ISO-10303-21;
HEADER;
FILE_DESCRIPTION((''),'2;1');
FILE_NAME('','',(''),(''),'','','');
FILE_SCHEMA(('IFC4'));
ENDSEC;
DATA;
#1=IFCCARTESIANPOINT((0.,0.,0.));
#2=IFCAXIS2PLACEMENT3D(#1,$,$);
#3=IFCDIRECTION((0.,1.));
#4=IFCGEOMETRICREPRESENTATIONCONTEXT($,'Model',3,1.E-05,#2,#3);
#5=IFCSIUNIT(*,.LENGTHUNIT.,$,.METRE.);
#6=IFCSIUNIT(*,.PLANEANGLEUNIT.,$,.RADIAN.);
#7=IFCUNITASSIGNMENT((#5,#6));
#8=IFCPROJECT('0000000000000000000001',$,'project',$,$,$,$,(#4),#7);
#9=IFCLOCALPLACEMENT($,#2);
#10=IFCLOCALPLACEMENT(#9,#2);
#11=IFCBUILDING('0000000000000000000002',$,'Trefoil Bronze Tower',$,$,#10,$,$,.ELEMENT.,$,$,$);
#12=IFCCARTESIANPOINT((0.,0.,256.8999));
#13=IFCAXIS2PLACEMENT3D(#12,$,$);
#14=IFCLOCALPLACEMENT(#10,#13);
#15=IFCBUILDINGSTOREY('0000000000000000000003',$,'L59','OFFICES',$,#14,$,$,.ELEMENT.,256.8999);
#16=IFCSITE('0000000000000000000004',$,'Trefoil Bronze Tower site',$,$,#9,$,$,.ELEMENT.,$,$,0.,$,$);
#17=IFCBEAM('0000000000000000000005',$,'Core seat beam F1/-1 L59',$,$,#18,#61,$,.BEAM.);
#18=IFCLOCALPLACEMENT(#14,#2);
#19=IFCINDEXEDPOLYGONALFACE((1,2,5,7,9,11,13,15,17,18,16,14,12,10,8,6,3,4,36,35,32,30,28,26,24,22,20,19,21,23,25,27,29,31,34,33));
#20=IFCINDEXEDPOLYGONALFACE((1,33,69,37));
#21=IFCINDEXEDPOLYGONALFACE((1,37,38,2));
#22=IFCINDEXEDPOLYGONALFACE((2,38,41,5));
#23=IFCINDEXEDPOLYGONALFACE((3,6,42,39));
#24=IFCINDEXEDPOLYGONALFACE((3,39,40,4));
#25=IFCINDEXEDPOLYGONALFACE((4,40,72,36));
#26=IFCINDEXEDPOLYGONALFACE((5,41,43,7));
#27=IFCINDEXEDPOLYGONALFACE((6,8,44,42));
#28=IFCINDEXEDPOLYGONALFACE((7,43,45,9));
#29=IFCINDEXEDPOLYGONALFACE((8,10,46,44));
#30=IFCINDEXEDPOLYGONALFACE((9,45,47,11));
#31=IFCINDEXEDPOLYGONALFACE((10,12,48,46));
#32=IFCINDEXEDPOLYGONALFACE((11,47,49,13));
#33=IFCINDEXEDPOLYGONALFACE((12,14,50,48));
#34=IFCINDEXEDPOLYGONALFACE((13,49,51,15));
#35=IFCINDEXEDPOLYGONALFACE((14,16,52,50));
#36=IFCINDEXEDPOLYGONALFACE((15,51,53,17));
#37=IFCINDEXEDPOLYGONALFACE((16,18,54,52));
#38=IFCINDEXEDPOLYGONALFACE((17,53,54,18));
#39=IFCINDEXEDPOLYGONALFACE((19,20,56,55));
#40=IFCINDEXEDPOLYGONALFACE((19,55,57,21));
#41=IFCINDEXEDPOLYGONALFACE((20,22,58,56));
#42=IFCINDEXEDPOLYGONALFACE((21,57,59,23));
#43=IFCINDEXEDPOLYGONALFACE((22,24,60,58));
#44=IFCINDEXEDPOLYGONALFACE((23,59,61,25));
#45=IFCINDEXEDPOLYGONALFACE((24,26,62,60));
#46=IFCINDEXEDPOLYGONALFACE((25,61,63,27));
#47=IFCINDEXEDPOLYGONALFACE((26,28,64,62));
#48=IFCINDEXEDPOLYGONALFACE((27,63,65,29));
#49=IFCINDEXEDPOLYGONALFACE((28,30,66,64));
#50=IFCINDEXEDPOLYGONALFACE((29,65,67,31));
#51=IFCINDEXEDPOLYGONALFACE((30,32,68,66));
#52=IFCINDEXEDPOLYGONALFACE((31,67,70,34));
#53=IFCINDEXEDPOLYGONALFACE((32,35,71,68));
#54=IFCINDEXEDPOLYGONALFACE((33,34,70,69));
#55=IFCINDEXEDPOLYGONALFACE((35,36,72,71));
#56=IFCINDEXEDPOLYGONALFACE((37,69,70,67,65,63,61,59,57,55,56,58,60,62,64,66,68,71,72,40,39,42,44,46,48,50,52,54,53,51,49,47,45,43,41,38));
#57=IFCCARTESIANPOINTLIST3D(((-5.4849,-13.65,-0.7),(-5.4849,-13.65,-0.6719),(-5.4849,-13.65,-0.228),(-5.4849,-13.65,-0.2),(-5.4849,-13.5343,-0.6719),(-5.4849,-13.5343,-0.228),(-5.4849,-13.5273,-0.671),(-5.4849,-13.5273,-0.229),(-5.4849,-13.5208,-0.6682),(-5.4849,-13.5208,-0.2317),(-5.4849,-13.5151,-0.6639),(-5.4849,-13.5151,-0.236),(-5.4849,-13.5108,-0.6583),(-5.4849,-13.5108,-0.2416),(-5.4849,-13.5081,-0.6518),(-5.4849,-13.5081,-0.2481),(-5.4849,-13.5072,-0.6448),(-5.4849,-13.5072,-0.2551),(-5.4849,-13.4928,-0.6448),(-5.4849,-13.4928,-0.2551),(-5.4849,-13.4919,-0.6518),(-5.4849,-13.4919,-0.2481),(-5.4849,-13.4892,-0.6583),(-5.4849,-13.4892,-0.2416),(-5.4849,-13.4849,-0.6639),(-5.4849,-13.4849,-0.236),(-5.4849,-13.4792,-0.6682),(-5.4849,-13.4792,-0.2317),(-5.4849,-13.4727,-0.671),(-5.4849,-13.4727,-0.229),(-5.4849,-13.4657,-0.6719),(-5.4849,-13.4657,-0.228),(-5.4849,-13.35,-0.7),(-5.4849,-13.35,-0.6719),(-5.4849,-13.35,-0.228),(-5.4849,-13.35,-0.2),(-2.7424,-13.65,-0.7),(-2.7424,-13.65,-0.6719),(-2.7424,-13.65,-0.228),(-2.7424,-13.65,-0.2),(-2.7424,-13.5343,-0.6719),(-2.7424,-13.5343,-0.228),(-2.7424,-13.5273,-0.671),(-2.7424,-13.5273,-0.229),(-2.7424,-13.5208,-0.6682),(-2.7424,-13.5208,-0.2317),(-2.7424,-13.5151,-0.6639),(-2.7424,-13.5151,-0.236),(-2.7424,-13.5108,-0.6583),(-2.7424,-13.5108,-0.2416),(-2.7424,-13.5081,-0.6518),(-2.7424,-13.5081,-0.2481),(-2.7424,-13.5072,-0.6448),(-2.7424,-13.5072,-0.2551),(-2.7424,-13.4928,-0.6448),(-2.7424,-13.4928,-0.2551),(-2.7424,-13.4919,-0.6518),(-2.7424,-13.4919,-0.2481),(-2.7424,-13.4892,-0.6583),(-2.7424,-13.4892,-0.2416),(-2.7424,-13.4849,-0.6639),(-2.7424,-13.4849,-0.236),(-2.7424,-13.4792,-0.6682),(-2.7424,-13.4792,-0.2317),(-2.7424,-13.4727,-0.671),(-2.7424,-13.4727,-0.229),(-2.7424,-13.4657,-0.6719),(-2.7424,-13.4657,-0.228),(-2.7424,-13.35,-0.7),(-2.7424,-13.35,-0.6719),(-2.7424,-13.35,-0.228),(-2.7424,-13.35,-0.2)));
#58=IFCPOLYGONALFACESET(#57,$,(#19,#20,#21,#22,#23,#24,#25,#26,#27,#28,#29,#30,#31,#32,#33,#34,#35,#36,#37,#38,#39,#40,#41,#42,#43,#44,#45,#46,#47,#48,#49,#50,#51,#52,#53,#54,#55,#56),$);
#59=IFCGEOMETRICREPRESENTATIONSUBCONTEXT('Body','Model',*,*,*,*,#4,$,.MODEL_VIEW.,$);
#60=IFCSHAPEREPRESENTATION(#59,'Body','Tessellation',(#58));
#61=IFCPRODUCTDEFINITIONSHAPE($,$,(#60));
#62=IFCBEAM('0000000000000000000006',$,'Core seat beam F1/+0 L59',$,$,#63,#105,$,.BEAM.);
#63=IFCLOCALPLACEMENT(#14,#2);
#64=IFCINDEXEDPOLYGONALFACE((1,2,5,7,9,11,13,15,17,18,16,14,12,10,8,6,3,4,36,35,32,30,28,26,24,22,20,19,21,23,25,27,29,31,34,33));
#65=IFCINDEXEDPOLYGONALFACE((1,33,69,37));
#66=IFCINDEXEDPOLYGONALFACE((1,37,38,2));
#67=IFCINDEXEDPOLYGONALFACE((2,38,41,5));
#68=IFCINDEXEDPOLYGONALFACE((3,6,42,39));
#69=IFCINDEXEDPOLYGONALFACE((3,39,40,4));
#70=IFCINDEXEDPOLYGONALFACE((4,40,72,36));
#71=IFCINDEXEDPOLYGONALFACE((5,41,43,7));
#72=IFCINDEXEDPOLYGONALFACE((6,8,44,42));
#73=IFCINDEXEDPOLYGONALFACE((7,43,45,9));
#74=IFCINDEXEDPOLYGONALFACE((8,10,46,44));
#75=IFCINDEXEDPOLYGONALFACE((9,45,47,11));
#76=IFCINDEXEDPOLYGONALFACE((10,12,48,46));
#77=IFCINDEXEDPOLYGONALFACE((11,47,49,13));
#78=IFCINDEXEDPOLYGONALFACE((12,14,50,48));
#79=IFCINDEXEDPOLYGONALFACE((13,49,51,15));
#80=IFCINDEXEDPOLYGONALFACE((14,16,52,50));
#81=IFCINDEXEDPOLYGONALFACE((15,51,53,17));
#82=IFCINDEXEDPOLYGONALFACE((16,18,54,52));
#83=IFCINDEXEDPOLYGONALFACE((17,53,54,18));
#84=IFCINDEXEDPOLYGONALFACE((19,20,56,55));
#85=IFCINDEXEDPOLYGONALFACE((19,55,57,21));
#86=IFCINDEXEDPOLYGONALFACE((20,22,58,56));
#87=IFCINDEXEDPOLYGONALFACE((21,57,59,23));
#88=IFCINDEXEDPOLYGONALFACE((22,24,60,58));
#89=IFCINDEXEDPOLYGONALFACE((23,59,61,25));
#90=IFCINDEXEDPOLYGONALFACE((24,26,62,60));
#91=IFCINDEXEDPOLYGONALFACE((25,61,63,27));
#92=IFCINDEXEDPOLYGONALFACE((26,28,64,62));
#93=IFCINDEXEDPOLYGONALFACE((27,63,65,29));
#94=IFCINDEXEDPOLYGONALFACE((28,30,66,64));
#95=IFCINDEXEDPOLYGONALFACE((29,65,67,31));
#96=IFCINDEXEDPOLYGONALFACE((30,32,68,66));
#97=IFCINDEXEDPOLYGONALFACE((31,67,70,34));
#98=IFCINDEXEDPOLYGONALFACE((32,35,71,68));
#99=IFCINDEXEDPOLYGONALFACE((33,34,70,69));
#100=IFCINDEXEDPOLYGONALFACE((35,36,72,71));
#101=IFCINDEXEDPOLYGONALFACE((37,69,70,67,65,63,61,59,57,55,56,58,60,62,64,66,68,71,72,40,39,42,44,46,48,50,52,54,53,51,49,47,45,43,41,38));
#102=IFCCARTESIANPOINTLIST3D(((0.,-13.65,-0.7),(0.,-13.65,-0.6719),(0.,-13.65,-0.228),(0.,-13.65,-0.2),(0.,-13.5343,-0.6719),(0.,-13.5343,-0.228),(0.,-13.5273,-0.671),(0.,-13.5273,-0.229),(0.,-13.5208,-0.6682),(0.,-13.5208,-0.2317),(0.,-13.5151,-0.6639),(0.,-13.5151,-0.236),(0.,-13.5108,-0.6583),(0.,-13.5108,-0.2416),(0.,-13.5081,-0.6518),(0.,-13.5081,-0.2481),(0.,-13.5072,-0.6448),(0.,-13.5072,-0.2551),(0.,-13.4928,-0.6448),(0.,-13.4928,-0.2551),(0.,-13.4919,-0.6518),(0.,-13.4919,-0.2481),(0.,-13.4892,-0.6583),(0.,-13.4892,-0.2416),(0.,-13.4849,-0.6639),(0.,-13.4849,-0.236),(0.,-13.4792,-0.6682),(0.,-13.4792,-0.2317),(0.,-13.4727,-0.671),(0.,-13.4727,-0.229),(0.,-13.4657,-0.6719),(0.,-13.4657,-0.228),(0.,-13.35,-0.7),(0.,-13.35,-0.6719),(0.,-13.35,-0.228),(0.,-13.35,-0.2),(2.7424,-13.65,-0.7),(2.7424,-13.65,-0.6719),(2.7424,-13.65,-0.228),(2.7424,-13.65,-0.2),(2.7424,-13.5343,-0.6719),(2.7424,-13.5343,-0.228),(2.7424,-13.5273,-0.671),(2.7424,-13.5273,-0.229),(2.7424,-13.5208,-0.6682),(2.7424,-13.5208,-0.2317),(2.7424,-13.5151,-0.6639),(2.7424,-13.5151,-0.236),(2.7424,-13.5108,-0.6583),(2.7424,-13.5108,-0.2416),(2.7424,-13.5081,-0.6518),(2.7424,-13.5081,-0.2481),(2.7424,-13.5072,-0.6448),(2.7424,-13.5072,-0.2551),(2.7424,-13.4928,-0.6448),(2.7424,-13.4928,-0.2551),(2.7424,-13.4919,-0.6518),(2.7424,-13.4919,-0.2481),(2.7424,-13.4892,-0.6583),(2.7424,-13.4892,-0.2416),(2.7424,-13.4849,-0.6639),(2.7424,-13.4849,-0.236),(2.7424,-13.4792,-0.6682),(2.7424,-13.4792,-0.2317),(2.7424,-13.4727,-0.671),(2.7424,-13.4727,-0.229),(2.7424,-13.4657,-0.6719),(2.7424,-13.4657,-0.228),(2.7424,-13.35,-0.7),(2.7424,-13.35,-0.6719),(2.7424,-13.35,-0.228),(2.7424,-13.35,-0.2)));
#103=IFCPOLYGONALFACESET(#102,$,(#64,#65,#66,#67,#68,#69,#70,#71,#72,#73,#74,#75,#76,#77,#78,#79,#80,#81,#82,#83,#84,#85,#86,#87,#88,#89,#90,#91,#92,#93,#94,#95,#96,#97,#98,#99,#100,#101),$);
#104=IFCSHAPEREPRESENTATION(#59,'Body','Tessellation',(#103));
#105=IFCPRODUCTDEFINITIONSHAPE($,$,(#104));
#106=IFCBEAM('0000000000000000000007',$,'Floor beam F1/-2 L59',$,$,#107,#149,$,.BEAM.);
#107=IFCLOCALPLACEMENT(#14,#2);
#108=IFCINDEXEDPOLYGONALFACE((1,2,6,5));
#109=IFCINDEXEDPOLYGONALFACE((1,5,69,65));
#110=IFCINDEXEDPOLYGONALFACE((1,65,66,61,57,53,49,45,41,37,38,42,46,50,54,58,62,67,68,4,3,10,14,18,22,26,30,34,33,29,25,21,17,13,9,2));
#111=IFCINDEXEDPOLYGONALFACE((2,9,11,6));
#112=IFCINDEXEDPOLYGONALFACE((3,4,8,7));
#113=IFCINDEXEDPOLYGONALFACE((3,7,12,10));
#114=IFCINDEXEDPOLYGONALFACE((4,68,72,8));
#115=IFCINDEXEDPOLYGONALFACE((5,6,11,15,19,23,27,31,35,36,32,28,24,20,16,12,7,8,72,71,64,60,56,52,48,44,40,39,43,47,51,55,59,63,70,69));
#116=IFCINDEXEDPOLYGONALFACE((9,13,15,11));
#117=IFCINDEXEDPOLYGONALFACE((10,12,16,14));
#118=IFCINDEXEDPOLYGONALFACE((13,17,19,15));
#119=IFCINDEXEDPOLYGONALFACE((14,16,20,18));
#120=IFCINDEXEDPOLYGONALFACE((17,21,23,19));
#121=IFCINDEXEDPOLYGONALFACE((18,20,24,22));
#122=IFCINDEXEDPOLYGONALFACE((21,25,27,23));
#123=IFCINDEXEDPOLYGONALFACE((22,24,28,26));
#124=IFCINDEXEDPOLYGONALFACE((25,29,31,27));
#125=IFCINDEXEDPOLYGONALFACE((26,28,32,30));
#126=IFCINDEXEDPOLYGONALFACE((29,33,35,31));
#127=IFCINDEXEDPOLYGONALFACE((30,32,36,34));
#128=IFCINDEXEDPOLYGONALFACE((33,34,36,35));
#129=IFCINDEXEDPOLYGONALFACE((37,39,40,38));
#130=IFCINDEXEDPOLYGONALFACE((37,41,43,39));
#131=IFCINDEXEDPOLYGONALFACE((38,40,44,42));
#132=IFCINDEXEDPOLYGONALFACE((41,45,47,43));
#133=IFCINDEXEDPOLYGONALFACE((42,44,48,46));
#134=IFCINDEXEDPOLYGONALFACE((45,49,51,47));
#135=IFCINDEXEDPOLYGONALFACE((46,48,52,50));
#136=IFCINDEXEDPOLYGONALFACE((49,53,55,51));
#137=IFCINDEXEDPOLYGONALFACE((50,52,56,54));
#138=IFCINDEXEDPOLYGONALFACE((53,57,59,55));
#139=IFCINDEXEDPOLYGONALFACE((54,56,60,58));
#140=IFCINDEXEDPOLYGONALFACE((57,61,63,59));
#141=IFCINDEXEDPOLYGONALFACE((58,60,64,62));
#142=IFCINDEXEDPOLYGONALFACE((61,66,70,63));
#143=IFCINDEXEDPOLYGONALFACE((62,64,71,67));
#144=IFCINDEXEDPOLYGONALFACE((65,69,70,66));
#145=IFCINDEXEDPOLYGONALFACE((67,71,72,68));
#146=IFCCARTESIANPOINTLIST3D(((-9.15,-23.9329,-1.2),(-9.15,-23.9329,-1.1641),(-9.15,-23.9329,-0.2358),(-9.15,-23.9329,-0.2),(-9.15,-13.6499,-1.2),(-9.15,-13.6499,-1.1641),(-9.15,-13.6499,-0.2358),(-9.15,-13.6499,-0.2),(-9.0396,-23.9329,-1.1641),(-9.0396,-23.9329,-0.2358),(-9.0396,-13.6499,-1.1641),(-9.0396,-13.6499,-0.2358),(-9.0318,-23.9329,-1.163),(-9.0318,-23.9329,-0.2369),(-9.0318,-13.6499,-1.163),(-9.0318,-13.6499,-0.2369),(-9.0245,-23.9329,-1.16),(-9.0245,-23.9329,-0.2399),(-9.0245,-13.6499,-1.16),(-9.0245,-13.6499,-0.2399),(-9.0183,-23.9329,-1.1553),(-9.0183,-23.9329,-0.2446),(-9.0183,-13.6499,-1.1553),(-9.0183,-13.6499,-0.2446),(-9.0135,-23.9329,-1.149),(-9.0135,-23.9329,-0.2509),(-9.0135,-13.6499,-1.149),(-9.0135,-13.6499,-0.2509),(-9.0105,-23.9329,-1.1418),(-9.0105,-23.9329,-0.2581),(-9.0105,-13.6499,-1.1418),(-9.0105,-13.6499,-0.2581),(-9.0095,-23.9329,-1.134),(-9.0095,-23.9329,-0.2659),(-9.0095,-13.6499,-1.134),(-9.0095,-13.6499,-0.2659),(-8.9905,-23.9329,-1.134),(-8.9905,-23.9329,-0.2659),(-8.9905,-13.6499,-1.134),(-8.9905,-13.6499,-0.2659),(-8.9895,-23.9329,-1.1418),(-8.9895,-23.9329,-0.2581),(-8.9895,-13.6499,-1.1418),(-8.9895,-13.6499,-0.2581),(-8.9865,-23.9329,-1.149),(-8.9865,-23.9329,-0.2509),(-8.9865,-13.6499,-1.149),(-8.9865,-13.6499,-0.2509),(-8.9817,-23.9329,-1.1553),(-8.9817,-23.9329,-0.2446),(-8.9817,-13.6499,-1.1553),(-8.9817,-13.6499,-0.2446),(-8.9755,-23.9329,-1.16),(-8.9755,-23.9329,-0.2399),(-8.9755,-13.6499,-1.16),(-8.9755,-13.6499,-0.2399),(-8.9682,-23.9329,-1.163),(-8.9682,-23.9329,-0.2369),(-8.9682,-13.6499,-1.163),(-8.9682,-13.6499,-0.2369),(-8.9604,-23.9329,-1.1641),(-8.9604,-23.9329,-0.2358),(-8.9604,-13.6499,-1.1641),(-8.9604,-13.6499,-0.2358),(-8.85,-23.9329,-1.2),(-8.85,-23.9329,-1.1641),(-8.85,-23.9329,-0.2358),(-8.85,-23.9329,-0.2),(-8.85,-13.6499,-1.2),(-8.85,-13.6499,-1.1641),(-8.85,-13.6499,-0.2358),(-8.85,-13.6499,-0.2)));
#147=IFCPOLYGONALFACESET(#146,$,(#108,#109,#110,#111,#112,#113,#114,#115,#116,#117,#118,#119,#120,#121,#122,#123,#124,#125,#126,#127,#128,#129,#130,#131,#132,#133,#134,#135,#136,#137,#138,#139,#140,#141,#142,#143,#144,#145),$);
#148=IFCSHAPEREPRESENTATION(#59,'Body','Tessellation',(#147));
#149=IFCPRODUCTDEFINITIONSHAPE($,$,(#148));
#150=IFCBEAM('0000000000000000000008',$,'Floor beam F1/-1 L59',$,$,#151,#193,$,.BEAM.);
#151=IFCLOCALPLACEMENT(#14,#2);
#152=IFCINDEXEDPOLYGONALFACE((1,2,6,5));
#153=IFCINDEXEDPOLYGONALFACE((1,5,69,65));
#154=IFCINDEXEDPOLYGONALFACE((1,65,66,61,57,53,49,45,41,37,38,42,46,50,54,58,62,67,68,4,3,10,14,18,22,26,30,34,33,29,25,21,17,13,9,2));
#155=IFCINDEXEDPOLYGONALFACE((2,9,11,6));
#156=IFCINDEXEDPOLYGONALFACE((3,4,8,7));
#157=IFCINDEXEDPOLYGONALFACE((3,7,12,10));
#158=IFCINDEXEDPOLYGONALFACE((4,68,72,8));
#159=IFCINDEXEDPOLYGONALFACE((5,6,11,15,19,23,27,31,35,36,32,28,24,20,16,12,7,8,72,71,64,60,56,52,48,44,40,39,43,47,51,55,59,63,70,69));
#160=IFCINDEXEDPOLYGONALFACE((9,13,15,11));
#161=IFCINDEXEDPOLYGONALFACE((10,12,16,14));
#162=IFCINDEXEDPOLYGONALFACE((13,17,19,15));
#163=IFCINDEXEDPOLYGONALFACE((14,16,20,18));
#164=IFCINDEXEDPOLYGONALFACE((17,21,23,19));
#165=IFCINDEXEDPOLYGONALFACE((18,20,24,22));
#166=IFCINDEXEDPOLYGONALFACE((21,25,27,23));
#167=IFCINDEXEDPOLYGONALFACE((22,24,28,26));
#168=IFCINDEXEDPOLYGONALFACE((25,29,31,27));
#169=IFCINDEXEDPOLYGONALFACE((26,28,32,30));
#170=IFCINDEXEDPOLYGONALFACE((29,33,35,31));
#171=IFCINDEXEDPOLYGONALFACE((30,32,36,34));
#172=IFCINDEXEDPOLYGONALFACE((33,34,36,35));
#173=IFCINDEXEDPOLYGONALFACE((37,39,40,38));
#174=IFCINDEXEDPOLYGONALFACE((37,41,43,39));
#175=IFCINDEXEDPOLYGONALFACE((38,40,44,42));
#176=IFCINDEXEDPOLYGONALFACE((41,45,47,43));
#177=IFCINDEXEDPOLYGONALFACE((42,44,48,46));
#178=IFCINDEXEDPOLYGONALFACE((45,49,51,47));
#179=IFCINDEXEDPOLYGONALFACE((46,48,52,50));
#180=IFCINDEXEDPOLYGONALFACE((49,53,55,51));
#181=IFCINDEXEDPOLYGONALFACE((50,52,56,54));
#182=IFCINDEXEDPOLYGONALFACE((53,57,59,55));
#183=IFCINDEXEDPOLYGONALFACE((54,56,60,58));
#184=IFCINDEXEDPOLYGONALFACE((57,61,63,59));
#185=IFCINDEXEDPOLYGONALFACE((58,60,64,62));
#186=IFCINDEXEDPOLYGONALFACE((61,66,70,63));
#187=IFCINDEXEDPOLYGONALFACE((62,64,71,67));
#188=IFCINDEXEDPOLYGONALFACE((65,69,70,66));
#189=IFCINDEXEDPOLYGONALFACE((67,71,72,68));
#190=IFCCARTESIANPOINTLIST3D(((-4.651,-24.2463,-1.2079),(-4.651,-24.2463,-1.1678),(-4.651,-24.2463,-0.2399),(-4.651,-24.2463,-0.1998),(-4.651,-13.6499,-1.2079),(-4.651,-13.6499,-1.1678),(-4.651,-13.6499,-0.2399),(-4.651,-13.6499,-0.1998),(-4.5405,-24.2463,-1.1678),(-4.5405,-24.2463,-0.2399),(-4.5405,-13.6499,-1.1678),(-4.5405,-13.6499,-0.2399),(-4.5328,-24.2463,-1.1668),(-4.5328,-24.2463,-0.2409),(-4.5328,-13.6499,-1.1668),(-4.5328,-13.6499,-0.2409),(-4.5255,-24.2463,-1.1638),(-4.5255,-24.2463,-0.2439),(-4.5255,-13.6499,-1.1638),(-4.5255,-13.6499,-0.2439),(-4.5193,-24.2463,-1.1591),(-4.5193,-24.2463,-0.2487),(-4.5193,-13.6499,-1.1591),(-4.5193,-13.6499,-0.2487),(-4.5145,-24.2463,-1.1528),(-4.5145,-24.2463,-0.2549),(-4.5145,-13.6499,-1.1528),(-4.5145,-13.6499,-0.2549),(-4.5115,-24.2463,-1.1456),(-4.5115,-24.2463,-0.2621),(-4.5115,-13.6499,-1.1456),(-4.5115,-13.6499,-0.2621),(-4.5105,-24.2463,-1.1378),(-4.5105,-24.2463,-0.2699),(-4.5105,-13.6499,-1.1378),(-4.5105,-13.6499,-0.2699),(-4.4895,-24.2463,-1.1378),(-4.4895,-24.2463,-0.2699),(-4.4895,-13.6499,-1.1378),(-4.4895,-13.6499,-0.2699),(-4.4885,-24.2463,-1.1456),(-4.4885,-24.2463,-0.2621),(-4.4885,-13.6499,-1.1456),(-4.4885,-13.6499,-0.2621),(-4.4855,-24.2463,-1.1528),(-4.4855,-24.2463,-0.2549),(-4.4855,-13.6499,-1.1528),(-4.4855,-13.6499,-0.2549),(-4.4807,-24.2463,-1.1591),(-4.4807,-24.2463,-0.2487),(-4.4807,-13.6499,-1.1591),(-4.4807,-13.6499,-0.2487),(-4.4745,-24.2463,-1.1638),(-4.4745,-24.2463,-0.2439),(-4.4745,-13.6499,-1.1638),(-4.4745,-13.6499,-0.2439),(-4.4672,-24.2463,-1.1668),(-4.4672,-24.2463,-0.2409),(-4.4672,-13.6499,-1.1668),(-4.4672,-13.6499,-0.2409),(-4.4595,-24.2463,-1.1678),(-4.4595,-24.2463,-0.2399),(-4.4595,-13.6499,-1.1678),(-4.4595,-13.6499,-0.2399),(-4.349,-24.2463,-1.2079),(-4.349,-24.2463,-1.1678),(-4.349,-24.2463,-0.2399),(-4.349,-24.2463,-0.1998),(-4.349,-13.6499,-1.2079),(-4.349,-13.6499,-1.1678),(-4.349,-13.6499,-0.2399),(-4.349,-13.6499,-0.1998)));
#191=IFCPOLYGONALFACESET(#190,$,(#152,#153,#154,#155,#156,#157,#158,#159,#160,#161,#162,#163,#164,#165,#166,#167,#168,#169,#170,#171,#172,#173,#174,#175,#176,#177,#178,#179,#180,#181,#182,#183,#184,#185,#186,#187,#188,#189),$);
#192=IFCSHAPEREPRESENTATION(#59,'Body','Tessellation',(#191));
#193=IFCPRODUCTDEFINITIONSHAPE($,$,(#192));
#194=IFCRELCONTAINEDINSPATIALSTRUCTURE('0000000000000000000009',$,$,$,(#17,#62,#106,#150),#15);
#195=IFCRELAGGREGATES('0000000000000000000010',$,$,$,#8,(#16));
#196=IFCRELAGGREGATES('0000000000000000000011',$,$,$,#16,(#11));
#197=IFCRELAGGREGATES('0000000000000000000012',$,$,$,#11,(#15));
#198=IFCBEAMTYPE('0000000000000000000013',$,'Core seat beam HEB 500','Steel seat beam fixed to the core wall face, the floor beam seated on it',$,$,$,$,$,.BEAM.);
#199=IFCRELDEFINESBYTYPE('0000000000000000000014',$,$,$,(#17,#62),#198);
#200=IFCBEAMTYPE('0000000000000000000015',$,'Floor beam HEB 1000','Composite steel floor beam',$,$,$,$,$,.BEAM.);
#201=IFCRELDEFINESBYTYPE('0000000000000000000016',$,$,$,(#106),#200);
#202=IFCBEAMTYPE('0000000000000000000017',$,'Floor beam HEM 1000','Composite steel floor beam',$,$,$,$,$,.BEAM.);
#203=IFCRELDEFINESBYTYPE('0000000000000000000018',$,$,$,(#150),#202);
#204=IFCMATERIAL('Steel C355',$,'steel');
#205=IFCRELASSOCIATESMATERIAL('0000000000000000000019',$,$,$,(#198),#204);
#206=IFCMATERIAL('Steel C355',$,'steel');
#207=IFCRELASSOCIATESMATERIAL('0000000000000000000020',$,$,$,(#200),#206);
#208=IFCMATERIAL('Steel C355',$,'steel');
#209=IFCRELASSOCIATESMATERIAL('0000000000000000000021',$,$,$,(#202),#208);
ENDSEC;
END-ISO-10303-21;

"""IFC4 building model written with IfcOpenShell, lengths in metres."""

from ifc_helpers import new_model, si_unit, direction, frame, origin, origin_2d, place, context, subcontext, project, spatial, i_section, extrude, material, material_profile, profile_set, type_object, element, save


model = new_model("IFC4")

# Units and contexts
model_context = context("Model", 3, precision=1e-05, world=origin(), true_north=direction((0.0, 1.0)))
body_context = subcontext(model_context, "Body", "Model", "MODEL_VIEW")
ifc_project = project(units=[si_unit("LENGTHUNIT", "METRE"), si_unit("PLANEANGLEUNIT", "RADIAN")], contexts=[model_context])

# Site, building, storey
site_placement = place(None, origin())
site = spatial("IfcSite", under=ifc_project, at=site_placement, Name="Trefoil Bronze Tower site", CompositionType="ELEMENT", RefElevation=0.0)
building_placement = place(site_placement, origin())
building = spatial("IfcBuilding", under=site, at=building_placement, Name="Trefoil Bronze Tower", CompositionType="ELEMENT")
storey_placement = place(building_placement, frame((0.0, 0.0, 256.8999)))
storey = spatial("IfcBuildingStorey", under=building, at=storey_placement, Name="L59", Description="OFFICES", CompositionType="ELEMENT", Elevation=256.8999)

# Beams
ifc_material_1 = material(Name="Steel C355", Category="steel")
ifc_material_profile_1 = material_profile(ifc_material_1, i_section(OverallWidth=0.3, OverallDepth=0.5, WebThickness=0.0144, FlangeThickness=0.0281, FilletRadius=0.0271, at=origin_2d()), Name="HEB 500")
ifc_profile_set_1 = profile_set([ifc_material_profile_1], Name="Steel C355")
beam_type_1 = type_object("IfcBeamType", Name="Core seat beam HEB 500", Description="Steel seat beam fixed to the core wall face, the floor beam seated on it", PredefinedType="BEAM", material=ifc_profile_set_1)
for number, where, z_axis, x_axis, name in (
    (1, (-5.4849, -13.5, -0.45), (1.0, 0.0, 0.0), (0.0, 1.0, 0.0), "Core seat beam F1/-1 L59"),
    (2, (0.0, -13.5, -0.45), (1.0, 0.0, 0.0), (0.0, 1.0, 0.0), "Core seat beam F1/+0 L59"),
):
    element("IfcBeam", number, at=place(storey_placement, frame(where, z_axis=z_axis, x_axis=x_axis)), inside=storey, type_object=beam_type_1, Name=name, PredefinedType="BEAM", context=body_context, shape_type="SweptSolid", body=[
        extrude(i_section(OverallWidth=0.3, OverallDepth=0.5, WebThickness=0.0144, FlangeThickness=0.0281, FilletRadius=0.0271, at=origin_2d()), origin(), (0.0, 0.0, 1.0), 2.7424),
    ])
ifc_material_2 = material(Name="Steel C355", Category="steel")
ifc_material_profile_2 = material_profile(ifc_material_2, i_section(OverallWidth=0.3, OverallDepth=1.0, WebThickness=0.019, FlangeThickness=0.0359, FilletRadius=0.03, at=origin_2d()), Name="HEB 1000")
ifc_profile_set_2 = profile_set([ifc_material_profile_2], Name="Steel C355")
beam_type_2 = type_object("IfcBeamType", Name="Floor beam HEB 1000", Description="Composite steel floor beam", PredefinedType="BEAM", material=ifc_profile_set_2)
beam_1_placement = place(storey_placement, frame((-9.0, -23.9329, -0.7), z_axis=(0.0, 1.0, 0.0), x_axis=(-1.0, 0.0, 0.0)))
element("IfcBeam", 3, at=beam_1_placement, inside=storey, type_object=beam_type_2, Name="Floor beam F1/-2 L59", PredefinedType="BEAM", context=body_context, shape_type="SweptSolid", body=[
    extrude(i_section(OverallWidth=0.3, OverallDepth=1.0, WebThickness=0.019, FlangeThickness=0.0359, FilletRadius=0.03, at=origin_2d()), origin(), (0.0, 0.0, 1.0), 10.283),
])
ifc_material_3 = material(Name="Steel C355", Category="steel")
ifc_material_profile_3 = material_profile(ifc_material_3, i_section(OverallWidth=0.302, OverallDepth=1.0081, WebThickness=0.021, FlangeThickness=0.04, FilletRadius=0.03, at=origin_2d()), Name="HEM 1000")
ifc_profile_set_3 = profile_set([ifc_material_profile_3], Name="Steel C355")
beam_type_3 = type_object("IfcBeamType", Name="Floor beam HEM 1000", Description="Composite steel floor beam", PredefinedType="BEAM", material=ifc_profile_set_3)
beam_2_placement = place(storey_placement, frame((-4.5, -24.2463, -0.7039), z_axis=(0.0, 1.0, 0.0), x_axis=(-1.0, 0.0, 0.0)))
element("IfcBeam", 4, at=beam_2_placement, inside=storey, type_object=beam_type_3, Name="Floor beam F1/-1 L59", PredefinedType="BEAM", context=body_context, shape_type="SweptSolid", body=[
    extrude(i_section(OverallWidth=0.302, OverallDepth=1.0081, WebThickness=0.021, FlangeThickness=0.04, FilletRadius=0.03, at=origin_2d()), origin(), (0.0, 0.0, 1.0), 10.5964),
])

save(model, "model.ifc")
